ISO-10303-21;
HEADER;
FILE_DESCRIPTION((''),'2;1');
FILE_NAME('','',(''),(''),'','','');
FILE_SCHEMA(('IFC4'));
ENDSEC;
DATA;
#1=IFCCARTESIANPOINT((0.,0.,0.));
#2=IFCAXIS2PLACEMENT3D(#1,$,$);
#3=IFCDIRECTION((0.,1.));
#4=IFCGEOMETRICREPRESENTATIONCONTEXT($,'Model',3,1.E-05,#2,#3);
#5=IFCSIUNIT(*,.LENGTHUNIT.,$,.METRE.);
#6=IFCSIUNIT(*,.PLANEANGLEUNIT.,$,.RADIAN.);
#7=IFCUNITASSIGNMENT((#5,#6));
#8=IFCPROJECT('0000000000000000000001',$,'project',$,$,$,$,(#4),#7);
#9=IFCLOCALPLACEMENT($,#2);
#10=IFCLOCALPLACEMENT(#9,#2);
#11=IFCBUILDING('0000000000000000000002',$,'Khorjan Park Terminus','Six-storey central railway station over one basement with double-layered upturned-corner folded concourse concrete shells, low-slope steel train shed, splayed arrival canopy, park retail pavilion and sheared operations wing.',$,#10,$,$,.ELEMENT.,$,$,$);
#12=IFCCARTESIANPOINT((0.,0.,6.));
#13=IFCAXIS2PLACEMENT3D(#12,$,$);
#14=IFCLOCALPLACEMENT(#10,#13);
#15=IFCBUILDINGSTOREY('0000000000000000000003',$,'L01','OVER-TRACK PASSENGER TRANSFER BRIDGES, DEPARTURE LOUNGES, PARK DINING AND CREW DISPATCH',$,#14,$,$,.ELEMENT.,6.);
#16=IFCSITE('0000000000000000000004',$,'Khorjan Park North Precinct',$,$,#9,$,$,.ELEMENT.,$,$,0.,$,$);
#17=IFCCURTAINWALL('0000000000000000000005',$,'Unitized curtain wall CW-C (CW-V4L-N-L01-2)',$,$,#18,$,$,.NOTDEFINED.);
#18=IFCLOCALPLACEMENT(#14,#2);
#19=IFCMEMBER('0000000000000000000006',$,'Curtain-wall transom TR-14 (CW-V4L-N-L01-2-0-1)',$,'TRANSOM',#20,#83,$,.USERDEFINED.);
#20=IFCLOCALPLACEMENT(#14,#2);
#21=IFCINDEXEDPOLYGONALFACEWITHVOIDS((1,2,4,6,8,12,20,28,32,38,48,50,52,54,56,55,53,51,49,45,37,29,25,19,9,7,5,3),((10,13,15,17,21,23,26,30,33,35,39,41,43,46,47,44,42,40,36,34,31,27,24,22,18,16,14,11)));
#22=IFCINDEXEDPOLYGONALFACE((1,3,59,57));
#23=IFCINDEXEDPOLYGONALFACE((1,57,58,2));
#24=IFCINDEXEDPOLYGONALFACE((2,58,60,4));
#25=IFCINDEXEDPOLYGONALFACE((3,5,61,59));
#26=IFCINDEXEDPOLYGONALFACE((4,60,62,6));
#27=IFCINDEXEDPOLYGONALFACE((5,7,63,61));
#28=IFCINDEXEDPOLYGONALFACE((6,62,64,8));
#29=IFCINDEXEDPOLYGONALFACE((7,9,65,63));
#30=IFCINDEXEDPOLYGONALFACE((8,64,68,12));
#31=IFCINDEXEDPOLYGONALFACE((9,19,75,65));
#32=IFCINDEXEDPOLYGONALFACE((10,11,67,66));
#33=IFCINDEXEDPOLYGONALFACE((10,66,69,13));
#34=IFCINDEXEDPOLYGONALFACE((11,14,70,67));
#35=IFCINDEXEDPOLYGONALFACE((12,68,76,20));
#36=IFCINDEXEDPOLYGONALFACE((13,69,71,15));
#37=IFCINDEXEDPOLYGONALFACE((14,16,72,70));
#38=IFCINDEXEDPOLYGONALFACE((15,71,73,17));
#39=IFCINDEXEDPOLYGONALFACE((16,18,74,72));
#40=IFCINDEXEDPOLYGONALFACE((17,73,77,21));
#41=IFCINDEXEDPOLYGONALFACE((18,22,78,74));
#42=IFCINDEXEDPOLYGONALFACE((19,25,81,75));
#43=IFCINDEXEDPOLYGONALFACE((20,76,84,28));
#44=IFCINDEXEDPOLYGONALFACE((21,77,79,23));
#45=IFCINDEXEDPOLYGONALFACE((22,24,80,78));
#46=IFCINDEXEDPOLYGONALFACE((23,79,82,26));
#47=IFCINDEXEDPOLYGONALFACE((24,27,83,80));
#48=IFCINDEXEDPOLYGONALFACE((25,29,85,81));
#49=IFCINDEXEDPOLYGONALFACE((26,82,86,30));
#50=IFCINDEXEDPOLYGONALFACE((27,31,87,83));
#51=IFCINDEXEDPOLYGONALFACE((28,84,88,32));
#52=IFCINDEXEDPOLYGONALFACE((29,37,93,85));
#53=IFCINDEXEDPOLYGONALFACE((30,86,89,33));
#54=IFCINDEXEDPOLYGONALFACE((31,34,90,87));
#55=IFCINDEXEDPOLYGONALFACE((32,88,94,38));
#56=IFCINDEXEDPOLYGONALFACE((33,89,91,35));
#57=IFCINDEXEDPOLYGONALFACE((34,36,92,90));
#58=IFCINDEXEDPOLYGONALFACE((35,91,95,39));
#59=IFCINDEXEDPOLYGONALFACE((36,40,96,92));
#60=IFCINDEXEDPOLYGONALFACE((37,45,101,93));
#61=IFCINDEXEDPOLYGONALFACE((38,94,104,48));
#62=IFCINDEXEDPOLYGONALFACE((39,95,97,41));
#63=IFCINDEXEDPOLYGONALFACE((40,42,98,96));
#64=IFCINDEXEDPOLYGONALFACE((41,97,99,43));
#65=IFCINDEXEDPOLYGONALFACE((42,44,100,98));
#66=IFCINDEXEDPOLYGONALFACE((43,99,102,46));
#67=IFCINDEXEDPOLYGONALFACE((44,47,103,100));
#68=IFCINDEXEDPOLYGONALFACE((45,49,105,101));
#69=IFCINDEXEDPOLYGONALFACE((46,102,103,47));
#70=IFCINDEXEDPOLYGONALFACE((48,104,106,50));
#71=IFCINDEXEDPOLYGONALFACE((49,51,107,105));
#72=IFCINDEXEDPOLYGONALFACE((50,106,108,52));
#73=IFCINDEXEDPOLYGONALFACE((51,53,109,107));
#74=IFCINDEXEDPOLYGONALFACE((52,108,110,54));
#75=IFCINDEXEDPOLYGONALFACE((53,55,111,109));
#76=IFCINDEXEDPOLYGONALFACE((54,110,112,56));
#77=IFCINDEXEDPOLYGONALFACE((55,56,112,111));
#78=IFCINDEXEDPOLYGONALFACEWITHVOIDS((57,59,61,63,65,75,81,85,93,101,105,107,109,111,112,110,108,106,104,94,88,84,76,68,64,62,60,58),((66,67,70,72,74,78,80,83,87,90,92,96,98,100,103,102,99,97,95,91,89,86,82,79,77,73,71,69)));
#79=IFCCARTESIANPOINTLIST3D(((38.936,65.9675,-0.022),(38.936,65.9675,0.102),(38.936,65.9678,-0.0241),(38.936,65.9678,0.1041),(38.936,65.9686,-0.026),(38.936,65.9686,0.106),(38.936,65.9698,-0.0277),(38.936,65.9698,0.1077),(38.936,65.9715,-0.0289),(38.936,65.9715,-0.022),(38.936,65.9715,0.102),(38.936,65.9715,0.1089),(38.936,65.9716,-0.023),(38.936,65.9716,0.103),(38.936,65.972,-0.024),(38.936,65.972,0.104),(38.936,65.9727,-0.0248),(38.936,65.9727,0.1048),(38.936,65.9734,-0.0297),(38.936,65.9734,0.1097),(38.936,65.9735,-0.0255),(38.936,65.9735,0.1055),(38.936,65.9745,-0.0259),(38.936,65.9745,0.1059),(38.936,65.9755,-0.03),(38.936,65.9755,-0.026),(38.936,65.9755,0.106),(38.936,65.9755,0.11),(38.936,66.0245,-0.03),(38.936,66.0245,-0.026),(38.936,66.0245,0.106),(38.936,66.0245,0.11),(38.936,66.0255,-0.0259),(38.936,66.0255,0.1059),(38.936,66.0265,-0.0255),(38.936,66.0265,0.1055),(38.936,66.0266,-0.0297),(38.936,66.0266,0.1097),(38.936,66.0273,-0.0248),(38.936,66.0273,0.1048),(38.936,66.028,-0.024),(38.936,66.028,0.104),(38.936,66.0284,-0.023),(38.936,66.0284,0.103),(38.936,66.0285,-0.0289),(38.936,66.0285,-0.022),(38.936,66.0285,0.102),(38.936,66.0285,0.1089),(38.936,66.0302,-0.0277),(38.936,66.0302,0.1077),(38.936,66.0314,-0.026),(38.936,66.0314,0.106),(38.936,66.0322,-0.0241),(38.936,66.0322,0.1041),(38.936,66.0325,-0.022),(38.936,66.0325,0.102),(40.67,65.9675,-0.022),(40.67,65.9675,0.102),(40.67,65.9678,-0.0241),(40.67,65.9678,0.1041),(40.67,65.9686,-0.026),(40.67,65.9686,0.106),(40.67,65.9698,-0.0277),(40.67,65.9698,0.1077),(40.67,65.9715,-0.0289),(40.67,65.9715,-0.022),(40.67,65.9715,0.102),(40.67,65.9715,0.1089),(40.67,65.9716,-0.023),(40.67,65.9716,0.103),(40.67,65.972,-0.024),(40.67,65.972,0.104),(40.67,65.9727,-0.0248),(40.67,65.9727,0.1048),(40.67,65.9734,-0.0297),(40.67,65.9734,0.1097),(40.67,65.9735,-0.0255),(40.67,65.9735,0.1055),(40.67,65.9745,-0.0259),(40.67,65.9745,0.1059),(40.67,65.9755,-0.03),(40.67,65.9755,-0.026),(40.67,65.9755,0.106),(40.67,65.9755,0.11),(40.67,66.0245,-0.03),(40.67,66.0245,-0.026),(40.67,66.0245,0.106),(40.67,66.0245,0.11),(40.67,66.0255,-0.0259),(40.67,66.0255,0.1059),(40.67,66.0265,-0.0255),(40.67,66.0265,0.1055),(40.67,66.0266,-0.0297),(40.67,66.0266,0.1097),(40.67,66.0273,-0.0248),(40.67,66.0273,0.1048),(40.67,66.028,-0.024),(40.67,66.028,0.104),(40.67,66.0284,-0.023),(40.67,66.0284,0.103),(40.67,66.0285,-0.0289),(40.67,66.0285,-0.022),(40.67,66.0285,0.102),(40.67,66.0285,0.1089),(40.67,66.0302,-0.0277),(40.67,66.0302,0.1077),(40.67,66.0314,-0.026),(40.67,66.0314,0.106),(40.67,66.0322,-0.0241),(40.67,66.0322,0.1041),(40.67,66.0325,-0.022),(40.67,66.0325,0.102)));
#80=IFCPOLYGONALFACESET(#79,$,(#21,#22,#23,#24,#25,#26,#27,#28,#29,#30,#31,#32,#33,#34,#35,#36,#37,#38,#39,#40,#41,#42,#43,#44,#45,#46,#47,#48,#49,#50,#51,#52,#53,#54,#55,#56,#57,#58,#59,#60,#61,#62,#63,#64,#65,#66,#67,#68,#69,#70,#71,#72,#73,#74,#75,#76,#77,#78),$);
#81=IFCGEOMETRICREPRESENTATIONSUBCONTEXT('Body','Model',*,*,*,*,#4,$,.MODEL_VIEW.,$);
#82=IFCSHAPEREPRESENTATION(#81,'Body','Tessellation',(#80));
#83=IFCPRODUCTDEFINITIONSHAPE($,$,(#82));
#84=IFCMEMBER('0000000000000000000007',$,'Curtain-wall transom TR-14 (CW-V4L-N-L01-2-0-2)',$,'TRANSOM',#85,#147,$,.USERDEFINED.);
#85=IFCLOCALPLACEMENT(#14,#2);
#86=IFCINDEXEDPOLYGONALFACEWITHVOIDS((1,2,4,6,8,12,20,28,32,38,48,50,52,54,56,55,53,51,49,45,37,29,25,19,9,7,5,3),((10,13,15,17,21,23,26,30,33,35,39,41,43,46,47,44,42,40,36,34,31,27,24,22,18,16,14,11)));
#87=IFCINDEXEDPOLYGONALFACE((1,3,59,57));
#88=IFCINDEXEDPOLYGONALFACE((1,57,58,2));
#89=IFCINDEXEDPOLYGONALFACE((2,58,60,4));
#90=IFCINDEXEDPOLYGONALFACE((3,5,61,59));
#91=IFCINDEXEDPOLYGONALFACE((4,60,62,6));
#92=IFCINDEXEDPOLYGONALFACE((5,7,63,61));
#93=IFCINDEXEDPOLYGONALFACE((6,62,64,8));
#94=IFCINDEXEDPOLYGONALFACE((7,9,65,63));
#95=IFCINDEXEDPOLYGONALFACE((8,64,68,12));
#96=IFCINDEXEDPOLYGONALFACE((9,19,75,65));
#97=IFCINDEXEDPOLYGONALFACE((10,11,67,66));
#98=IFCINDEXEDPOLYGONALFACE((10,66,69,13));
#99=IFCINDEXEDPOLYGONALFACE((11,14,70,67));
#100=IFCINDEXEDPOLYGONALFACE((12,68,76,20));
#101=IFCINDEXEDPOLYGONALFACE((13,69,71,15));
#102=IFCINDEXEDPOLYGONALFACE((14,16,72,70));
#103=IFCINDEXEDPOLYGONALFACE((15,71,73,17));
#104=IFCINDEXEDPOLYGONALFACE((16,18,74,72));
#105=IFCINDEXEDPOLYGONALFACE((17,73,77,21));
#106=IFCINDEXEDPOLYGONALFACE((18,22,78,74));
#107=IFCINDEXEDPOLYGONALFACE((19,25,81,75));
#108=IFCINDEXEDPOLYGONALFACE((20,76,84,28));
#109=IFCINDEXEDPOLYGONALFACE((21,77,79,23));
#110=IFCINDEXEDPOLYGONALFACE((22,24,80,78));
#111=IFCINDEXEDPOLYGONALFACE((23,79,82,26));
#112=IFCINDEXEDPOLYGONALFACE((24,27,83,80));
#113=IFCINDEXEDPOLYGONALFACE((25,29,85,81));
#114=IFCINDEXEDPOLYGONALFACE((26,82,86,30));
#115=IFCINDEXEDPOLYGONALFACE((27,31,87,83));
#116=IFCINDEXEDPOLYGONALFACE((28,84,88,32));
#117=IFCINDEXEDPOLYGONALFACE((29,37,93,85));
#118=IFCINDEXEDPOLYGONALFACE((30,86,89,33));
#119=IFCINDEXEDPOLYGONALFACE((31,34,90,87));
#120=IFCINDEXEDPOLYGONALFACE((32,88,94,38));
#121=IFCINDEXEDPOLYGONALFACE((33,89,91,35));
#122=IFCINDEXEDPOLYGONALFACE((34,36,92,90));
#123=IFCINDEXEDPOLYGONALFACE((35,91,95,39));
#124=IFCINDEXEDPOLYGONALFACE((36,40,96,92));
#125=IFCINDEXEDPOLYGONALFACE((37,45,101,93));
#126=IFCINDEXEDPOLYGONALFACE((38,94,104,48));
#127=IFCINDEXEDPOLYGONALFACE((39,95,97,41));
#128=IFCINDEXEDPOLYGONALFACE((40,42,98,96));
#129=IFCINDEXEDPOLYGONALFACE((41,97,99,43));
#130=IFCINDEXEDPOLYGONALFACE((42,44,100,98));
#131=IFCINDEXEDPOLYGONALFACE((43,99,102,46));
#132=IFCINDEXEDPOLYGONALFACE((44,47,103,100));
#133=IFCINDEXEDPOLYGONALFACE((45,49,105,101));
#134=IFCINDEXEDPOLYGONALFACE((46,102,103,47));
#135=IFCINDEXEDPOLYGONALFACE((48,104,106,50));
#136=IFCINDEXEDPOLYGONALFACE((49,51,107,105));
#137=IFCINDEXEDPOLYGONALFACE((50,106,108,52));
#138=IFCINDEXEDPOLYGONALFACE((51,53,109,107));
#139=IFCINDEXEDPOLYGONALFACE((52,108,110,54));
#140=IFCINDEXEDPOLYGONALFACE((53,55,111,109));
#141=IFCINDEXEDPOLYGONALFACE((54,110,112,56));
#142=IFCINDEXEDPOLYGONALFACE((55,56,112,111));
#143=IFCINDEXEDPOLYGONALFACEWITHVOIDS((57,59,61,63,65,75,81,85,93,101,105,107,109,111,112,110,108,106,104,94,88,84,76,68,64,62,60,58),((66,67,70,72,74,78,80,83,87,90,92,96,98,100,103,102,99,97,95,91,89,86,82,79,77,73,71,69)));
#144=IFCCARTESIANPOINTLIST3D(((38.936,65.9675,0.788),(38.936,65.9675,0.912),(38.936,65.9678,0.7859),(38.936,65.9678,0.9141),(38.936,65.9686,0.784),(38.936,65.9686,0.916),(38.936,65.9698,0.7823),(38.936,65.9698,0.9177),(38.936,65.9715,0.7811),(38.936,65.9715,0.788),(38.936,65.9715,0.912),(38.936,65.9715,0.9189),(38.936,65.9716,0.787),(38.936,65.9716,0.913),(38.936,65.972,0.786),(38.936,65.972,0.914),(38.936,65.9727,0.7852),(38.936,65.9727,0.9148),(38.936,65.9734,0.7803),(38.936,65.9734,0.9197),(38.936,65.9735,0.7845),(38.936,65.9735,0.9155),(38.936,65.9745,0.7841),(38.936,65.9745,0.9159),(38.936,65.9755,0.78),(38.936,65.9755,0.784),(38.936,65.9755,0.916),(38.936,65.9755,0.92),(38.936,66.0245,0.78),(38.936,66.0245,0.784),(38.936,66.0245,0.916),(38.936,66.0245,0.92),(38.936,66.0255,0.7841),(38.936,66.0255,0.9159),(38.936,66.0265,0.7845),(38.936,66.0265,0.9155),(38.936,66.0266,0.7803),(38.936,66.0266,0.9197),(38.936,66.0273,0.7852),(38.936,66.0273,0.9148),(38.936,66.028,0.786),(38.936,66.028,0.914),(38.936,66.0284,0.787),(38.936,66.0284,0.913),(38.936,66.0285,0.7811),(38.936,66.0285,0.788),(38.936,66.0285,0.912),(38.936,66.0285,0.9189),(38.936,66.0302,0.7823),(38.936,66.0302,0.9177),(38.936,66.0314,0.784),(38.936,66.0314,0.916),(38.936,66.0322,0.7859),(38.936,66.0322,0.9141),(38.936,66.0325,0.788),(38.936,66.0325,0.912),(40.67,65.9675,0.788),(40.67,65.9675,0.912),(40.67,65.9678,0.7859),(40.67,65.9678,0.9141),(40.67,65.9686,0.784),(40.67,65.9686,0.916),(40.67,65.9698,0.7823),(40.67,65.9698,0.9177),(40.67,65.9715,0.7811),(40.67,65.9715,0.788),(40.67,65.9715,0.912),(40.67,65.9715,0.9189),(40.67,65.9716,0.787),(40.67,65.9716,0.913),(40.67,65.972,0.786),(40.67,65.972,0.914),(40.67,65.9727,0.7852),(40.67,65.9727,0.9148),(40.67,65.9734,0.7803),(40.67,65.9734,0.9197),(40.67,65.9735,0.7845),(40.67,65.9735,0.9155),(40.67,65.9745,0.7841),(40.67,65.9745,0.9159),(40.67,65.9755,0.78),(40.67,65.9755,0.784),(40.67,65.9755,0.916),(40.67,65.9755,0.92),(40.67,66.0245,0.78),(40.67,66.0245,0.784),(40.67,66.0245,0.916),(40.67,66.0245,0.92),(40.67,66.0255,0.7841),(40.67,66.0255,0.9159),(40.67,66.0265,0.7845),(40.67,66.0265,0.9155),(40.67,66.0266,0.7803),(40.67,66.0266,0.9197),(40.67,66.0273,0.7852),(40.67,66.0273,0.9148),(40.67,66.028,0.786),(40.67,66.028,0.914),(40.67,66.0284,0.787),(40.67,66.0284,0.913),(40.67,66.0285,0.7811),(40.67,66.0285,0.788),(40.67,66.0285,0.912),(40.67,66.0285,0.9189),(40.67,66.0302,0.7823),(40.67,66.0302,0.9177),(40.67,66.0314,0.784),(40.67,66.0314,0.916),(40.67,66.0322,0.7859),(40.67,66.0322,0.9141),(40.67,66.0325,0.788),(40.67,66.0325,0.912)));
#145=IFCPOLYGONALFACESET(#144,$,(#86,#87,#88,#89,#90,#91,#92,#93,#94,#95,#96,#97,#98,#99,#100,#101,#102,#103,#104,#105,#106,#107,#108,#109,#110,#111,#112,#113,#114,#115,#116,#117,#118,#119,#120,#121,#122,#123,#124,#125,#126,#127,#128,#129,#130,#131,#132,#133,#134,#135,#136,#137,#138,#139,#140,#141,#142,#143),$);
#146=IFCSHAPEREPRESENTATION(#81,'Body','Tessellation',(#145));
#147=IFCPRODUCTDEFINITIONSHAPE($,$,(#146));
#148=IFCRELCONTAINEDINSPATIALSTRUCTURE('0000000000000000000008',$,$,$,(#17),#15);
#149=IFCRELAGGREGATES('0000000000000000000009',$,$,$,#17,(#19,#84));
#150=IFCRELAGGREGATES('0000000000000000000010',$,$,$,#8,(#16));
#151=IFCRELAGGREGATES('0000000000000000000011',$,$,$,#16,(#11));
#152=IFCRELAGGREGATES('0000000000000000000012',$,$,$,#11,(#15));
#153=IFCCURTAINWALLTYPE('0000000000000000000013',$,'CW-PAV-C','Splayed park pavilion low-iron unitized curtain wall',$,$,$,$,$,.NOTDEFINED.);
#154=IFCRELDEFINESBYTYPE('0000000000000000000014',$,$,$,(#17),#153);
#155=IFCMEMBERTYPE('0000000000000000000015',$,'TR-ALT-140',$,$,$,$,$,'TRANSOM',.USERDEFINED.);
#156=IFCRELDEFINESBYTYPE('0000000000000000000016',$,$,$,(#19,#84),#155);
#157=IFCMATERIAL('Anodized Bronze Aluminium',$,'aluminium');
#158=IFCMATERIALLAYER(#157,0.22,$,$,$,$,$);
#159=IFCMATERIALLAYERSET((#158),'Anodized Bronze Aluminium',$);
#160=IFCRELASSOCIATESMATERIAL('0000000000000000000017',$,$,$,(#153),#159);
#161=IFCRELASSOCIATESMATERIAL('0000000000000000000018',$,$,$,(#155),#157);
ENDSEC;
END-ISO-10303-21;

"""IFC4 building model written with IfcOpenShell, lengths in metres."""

from ifc_helpers import new_model, si_unit, direction, frame, origin, origin_2d, place, context, subcontext, project, spatial, hollow_rectangle, extrude, material, layer, layer_set, material_profile, profile_set, type_object, element, aggregate, save


model = new_model("IFC4")

# Units and contexts
model_context = context("Model", 3, precision=1e-05, world=origin(), true_north=direction((0.0, 1.0)))
body_context = subcontext(model_context, "Body", "Model", "MODEL_VIEW")
ifc_project = project(units=[si_unit("LENGTHUNIT", "METRE"), si_unit("PLANEANGLEUNIT", "RADIAN")], contexts=[model_context])

# Site, building, storey
site_placement = place(None, origin())
site = spatial("IfcSite", under=ifc_project, at=site_placement, Name="Khorjan Park North Precinct", CompositionType="ELEMENT", RefElevation=0.0)
building_placement = place(site_placement, origin())
building = spatial("IfcBuilding", under=site, at=building_placement, Name="Khorjan Park Terminus", Description="Six-storey central railway station over one basement with double-layered upturned-corner folded concourse concrete shells, low-slope steel train shed, splayed arrival canopy, park retail pavilion and sheared operations wing.", CompositionType="ELEMENT")
storey_placement = place(building_placement, frame((0.0, 0.0, 6.0)))
storey = spatial("IfcBuildingStorey", under=building, at=storey_placement, Name="L01", Description="OVER-TRACK PASSENGER TRANSFER BRIDGES, DEPARTURE LOUNGES, PARK DINING AND CREW DISPATCH", CompositionType="ELEMENT", Elevation=6.0)

# Curtain wall
ifc_material_1 = material(Name="Anodized Bronze Aluminium", Category="aluminium")
ifc_layer_1 = layer(ifc_material_1, 0.22)
ifc_layer_set_1 = layer_set([ifc_layer_1], Name="Anodized Bronze Aluminium")
curtain_wall_type = type_object("IfcCurtainWallType", Name="CW-PAV-C", Description="Splayed park pavilion low-iron unitized curtain wall", PredefinedType="NOTDEFINED", material=ifc_layer_set_1)
curtain_wall_1_placement = place(storey_placement, origin())
curtain_wall_1 = element("IfcCurtainWall", 1, at=curtain_wall_1_placement, inside=storey, type_object=curtain_wall_type, Name="Unitized curtain wall CW-C (CW-V4L-N-L01-2)", PredefinedType="NOTDEFINED")

# Members
ifc_material_profile_1 = material_profile(ifc_material_1, hollow_rectangle(XDim=0.065, YDim=0.14, WallThickness=0.004, InnerFilletRadius=0.004, OuterFilletRadius=0.008, at=origin_2d()), Name="ALT 65x140x4")
ifc_profile_set_1 = profile_set([ifc_material_profile_1], Name="Anodized Bronze Aluminium")
member_type_1 = type_object("IfcMemberType", Name="TR-ALT-140", ElementType="TRANSOM", PredefinedType="USERDEFINED", material=ifc_profile_set_1)
member_1_placement = place(storey_placement, frame((40.67, 66.0, 0.04), z_axis=(-1.0, 0.0, 0.0), x_axis=(0.0, -1.0, 0.0)))
member_1 = element("IfcMember", 2, at=member_1_placement, type_object=member_type_1, Name="Curtain-wall transom TR-14 (CW-V4L-N-L01-2-0-1)", ObjectType="TRANSOM", PredefinedType="USERDEFINED", context=body_context, shape_type="SweptSolid", body=[
    extrude(hollow_rectangle(XDim=0.065, YDim=0.14, WallThickness=0.004, InnerFilletRadius=0.004, OuterFilletRadius=0.008, at=origin_2d()), origin(), (0.0, 0.0, 1.0), 1.734),
])
member_2_placement = place(storey_placement, frame((40.67, 66.0, 0.85), z_axis=(-1.0, 0.0, 0.0), x_axis=(0.0, -1.0, 0.0)))
member_2 = element("IfcMember", 3, at=member_2_placement, type_object=member_type_1, Name="Curtain-wall transom TR-14 (CW-V4L-N-L01-2-0-2)", ObjectType="TRANSOM", PredefinedType="USERDEFINED", context=body_context, shape_type="SweptSolid", body=[
    extrude(hollow_rectangle(XDim=0.065, YDim=0.14, WallThickness=0.004, InnerFilletRadius=0.004, OuterFilletRadius=0.008, at=origin_2d()), origin(), (0.0, 0.0, 1.0), 1.734),
])

aggregate(curtain_wall_1, [member_1, member_2])

save(model, "model.ifc")
